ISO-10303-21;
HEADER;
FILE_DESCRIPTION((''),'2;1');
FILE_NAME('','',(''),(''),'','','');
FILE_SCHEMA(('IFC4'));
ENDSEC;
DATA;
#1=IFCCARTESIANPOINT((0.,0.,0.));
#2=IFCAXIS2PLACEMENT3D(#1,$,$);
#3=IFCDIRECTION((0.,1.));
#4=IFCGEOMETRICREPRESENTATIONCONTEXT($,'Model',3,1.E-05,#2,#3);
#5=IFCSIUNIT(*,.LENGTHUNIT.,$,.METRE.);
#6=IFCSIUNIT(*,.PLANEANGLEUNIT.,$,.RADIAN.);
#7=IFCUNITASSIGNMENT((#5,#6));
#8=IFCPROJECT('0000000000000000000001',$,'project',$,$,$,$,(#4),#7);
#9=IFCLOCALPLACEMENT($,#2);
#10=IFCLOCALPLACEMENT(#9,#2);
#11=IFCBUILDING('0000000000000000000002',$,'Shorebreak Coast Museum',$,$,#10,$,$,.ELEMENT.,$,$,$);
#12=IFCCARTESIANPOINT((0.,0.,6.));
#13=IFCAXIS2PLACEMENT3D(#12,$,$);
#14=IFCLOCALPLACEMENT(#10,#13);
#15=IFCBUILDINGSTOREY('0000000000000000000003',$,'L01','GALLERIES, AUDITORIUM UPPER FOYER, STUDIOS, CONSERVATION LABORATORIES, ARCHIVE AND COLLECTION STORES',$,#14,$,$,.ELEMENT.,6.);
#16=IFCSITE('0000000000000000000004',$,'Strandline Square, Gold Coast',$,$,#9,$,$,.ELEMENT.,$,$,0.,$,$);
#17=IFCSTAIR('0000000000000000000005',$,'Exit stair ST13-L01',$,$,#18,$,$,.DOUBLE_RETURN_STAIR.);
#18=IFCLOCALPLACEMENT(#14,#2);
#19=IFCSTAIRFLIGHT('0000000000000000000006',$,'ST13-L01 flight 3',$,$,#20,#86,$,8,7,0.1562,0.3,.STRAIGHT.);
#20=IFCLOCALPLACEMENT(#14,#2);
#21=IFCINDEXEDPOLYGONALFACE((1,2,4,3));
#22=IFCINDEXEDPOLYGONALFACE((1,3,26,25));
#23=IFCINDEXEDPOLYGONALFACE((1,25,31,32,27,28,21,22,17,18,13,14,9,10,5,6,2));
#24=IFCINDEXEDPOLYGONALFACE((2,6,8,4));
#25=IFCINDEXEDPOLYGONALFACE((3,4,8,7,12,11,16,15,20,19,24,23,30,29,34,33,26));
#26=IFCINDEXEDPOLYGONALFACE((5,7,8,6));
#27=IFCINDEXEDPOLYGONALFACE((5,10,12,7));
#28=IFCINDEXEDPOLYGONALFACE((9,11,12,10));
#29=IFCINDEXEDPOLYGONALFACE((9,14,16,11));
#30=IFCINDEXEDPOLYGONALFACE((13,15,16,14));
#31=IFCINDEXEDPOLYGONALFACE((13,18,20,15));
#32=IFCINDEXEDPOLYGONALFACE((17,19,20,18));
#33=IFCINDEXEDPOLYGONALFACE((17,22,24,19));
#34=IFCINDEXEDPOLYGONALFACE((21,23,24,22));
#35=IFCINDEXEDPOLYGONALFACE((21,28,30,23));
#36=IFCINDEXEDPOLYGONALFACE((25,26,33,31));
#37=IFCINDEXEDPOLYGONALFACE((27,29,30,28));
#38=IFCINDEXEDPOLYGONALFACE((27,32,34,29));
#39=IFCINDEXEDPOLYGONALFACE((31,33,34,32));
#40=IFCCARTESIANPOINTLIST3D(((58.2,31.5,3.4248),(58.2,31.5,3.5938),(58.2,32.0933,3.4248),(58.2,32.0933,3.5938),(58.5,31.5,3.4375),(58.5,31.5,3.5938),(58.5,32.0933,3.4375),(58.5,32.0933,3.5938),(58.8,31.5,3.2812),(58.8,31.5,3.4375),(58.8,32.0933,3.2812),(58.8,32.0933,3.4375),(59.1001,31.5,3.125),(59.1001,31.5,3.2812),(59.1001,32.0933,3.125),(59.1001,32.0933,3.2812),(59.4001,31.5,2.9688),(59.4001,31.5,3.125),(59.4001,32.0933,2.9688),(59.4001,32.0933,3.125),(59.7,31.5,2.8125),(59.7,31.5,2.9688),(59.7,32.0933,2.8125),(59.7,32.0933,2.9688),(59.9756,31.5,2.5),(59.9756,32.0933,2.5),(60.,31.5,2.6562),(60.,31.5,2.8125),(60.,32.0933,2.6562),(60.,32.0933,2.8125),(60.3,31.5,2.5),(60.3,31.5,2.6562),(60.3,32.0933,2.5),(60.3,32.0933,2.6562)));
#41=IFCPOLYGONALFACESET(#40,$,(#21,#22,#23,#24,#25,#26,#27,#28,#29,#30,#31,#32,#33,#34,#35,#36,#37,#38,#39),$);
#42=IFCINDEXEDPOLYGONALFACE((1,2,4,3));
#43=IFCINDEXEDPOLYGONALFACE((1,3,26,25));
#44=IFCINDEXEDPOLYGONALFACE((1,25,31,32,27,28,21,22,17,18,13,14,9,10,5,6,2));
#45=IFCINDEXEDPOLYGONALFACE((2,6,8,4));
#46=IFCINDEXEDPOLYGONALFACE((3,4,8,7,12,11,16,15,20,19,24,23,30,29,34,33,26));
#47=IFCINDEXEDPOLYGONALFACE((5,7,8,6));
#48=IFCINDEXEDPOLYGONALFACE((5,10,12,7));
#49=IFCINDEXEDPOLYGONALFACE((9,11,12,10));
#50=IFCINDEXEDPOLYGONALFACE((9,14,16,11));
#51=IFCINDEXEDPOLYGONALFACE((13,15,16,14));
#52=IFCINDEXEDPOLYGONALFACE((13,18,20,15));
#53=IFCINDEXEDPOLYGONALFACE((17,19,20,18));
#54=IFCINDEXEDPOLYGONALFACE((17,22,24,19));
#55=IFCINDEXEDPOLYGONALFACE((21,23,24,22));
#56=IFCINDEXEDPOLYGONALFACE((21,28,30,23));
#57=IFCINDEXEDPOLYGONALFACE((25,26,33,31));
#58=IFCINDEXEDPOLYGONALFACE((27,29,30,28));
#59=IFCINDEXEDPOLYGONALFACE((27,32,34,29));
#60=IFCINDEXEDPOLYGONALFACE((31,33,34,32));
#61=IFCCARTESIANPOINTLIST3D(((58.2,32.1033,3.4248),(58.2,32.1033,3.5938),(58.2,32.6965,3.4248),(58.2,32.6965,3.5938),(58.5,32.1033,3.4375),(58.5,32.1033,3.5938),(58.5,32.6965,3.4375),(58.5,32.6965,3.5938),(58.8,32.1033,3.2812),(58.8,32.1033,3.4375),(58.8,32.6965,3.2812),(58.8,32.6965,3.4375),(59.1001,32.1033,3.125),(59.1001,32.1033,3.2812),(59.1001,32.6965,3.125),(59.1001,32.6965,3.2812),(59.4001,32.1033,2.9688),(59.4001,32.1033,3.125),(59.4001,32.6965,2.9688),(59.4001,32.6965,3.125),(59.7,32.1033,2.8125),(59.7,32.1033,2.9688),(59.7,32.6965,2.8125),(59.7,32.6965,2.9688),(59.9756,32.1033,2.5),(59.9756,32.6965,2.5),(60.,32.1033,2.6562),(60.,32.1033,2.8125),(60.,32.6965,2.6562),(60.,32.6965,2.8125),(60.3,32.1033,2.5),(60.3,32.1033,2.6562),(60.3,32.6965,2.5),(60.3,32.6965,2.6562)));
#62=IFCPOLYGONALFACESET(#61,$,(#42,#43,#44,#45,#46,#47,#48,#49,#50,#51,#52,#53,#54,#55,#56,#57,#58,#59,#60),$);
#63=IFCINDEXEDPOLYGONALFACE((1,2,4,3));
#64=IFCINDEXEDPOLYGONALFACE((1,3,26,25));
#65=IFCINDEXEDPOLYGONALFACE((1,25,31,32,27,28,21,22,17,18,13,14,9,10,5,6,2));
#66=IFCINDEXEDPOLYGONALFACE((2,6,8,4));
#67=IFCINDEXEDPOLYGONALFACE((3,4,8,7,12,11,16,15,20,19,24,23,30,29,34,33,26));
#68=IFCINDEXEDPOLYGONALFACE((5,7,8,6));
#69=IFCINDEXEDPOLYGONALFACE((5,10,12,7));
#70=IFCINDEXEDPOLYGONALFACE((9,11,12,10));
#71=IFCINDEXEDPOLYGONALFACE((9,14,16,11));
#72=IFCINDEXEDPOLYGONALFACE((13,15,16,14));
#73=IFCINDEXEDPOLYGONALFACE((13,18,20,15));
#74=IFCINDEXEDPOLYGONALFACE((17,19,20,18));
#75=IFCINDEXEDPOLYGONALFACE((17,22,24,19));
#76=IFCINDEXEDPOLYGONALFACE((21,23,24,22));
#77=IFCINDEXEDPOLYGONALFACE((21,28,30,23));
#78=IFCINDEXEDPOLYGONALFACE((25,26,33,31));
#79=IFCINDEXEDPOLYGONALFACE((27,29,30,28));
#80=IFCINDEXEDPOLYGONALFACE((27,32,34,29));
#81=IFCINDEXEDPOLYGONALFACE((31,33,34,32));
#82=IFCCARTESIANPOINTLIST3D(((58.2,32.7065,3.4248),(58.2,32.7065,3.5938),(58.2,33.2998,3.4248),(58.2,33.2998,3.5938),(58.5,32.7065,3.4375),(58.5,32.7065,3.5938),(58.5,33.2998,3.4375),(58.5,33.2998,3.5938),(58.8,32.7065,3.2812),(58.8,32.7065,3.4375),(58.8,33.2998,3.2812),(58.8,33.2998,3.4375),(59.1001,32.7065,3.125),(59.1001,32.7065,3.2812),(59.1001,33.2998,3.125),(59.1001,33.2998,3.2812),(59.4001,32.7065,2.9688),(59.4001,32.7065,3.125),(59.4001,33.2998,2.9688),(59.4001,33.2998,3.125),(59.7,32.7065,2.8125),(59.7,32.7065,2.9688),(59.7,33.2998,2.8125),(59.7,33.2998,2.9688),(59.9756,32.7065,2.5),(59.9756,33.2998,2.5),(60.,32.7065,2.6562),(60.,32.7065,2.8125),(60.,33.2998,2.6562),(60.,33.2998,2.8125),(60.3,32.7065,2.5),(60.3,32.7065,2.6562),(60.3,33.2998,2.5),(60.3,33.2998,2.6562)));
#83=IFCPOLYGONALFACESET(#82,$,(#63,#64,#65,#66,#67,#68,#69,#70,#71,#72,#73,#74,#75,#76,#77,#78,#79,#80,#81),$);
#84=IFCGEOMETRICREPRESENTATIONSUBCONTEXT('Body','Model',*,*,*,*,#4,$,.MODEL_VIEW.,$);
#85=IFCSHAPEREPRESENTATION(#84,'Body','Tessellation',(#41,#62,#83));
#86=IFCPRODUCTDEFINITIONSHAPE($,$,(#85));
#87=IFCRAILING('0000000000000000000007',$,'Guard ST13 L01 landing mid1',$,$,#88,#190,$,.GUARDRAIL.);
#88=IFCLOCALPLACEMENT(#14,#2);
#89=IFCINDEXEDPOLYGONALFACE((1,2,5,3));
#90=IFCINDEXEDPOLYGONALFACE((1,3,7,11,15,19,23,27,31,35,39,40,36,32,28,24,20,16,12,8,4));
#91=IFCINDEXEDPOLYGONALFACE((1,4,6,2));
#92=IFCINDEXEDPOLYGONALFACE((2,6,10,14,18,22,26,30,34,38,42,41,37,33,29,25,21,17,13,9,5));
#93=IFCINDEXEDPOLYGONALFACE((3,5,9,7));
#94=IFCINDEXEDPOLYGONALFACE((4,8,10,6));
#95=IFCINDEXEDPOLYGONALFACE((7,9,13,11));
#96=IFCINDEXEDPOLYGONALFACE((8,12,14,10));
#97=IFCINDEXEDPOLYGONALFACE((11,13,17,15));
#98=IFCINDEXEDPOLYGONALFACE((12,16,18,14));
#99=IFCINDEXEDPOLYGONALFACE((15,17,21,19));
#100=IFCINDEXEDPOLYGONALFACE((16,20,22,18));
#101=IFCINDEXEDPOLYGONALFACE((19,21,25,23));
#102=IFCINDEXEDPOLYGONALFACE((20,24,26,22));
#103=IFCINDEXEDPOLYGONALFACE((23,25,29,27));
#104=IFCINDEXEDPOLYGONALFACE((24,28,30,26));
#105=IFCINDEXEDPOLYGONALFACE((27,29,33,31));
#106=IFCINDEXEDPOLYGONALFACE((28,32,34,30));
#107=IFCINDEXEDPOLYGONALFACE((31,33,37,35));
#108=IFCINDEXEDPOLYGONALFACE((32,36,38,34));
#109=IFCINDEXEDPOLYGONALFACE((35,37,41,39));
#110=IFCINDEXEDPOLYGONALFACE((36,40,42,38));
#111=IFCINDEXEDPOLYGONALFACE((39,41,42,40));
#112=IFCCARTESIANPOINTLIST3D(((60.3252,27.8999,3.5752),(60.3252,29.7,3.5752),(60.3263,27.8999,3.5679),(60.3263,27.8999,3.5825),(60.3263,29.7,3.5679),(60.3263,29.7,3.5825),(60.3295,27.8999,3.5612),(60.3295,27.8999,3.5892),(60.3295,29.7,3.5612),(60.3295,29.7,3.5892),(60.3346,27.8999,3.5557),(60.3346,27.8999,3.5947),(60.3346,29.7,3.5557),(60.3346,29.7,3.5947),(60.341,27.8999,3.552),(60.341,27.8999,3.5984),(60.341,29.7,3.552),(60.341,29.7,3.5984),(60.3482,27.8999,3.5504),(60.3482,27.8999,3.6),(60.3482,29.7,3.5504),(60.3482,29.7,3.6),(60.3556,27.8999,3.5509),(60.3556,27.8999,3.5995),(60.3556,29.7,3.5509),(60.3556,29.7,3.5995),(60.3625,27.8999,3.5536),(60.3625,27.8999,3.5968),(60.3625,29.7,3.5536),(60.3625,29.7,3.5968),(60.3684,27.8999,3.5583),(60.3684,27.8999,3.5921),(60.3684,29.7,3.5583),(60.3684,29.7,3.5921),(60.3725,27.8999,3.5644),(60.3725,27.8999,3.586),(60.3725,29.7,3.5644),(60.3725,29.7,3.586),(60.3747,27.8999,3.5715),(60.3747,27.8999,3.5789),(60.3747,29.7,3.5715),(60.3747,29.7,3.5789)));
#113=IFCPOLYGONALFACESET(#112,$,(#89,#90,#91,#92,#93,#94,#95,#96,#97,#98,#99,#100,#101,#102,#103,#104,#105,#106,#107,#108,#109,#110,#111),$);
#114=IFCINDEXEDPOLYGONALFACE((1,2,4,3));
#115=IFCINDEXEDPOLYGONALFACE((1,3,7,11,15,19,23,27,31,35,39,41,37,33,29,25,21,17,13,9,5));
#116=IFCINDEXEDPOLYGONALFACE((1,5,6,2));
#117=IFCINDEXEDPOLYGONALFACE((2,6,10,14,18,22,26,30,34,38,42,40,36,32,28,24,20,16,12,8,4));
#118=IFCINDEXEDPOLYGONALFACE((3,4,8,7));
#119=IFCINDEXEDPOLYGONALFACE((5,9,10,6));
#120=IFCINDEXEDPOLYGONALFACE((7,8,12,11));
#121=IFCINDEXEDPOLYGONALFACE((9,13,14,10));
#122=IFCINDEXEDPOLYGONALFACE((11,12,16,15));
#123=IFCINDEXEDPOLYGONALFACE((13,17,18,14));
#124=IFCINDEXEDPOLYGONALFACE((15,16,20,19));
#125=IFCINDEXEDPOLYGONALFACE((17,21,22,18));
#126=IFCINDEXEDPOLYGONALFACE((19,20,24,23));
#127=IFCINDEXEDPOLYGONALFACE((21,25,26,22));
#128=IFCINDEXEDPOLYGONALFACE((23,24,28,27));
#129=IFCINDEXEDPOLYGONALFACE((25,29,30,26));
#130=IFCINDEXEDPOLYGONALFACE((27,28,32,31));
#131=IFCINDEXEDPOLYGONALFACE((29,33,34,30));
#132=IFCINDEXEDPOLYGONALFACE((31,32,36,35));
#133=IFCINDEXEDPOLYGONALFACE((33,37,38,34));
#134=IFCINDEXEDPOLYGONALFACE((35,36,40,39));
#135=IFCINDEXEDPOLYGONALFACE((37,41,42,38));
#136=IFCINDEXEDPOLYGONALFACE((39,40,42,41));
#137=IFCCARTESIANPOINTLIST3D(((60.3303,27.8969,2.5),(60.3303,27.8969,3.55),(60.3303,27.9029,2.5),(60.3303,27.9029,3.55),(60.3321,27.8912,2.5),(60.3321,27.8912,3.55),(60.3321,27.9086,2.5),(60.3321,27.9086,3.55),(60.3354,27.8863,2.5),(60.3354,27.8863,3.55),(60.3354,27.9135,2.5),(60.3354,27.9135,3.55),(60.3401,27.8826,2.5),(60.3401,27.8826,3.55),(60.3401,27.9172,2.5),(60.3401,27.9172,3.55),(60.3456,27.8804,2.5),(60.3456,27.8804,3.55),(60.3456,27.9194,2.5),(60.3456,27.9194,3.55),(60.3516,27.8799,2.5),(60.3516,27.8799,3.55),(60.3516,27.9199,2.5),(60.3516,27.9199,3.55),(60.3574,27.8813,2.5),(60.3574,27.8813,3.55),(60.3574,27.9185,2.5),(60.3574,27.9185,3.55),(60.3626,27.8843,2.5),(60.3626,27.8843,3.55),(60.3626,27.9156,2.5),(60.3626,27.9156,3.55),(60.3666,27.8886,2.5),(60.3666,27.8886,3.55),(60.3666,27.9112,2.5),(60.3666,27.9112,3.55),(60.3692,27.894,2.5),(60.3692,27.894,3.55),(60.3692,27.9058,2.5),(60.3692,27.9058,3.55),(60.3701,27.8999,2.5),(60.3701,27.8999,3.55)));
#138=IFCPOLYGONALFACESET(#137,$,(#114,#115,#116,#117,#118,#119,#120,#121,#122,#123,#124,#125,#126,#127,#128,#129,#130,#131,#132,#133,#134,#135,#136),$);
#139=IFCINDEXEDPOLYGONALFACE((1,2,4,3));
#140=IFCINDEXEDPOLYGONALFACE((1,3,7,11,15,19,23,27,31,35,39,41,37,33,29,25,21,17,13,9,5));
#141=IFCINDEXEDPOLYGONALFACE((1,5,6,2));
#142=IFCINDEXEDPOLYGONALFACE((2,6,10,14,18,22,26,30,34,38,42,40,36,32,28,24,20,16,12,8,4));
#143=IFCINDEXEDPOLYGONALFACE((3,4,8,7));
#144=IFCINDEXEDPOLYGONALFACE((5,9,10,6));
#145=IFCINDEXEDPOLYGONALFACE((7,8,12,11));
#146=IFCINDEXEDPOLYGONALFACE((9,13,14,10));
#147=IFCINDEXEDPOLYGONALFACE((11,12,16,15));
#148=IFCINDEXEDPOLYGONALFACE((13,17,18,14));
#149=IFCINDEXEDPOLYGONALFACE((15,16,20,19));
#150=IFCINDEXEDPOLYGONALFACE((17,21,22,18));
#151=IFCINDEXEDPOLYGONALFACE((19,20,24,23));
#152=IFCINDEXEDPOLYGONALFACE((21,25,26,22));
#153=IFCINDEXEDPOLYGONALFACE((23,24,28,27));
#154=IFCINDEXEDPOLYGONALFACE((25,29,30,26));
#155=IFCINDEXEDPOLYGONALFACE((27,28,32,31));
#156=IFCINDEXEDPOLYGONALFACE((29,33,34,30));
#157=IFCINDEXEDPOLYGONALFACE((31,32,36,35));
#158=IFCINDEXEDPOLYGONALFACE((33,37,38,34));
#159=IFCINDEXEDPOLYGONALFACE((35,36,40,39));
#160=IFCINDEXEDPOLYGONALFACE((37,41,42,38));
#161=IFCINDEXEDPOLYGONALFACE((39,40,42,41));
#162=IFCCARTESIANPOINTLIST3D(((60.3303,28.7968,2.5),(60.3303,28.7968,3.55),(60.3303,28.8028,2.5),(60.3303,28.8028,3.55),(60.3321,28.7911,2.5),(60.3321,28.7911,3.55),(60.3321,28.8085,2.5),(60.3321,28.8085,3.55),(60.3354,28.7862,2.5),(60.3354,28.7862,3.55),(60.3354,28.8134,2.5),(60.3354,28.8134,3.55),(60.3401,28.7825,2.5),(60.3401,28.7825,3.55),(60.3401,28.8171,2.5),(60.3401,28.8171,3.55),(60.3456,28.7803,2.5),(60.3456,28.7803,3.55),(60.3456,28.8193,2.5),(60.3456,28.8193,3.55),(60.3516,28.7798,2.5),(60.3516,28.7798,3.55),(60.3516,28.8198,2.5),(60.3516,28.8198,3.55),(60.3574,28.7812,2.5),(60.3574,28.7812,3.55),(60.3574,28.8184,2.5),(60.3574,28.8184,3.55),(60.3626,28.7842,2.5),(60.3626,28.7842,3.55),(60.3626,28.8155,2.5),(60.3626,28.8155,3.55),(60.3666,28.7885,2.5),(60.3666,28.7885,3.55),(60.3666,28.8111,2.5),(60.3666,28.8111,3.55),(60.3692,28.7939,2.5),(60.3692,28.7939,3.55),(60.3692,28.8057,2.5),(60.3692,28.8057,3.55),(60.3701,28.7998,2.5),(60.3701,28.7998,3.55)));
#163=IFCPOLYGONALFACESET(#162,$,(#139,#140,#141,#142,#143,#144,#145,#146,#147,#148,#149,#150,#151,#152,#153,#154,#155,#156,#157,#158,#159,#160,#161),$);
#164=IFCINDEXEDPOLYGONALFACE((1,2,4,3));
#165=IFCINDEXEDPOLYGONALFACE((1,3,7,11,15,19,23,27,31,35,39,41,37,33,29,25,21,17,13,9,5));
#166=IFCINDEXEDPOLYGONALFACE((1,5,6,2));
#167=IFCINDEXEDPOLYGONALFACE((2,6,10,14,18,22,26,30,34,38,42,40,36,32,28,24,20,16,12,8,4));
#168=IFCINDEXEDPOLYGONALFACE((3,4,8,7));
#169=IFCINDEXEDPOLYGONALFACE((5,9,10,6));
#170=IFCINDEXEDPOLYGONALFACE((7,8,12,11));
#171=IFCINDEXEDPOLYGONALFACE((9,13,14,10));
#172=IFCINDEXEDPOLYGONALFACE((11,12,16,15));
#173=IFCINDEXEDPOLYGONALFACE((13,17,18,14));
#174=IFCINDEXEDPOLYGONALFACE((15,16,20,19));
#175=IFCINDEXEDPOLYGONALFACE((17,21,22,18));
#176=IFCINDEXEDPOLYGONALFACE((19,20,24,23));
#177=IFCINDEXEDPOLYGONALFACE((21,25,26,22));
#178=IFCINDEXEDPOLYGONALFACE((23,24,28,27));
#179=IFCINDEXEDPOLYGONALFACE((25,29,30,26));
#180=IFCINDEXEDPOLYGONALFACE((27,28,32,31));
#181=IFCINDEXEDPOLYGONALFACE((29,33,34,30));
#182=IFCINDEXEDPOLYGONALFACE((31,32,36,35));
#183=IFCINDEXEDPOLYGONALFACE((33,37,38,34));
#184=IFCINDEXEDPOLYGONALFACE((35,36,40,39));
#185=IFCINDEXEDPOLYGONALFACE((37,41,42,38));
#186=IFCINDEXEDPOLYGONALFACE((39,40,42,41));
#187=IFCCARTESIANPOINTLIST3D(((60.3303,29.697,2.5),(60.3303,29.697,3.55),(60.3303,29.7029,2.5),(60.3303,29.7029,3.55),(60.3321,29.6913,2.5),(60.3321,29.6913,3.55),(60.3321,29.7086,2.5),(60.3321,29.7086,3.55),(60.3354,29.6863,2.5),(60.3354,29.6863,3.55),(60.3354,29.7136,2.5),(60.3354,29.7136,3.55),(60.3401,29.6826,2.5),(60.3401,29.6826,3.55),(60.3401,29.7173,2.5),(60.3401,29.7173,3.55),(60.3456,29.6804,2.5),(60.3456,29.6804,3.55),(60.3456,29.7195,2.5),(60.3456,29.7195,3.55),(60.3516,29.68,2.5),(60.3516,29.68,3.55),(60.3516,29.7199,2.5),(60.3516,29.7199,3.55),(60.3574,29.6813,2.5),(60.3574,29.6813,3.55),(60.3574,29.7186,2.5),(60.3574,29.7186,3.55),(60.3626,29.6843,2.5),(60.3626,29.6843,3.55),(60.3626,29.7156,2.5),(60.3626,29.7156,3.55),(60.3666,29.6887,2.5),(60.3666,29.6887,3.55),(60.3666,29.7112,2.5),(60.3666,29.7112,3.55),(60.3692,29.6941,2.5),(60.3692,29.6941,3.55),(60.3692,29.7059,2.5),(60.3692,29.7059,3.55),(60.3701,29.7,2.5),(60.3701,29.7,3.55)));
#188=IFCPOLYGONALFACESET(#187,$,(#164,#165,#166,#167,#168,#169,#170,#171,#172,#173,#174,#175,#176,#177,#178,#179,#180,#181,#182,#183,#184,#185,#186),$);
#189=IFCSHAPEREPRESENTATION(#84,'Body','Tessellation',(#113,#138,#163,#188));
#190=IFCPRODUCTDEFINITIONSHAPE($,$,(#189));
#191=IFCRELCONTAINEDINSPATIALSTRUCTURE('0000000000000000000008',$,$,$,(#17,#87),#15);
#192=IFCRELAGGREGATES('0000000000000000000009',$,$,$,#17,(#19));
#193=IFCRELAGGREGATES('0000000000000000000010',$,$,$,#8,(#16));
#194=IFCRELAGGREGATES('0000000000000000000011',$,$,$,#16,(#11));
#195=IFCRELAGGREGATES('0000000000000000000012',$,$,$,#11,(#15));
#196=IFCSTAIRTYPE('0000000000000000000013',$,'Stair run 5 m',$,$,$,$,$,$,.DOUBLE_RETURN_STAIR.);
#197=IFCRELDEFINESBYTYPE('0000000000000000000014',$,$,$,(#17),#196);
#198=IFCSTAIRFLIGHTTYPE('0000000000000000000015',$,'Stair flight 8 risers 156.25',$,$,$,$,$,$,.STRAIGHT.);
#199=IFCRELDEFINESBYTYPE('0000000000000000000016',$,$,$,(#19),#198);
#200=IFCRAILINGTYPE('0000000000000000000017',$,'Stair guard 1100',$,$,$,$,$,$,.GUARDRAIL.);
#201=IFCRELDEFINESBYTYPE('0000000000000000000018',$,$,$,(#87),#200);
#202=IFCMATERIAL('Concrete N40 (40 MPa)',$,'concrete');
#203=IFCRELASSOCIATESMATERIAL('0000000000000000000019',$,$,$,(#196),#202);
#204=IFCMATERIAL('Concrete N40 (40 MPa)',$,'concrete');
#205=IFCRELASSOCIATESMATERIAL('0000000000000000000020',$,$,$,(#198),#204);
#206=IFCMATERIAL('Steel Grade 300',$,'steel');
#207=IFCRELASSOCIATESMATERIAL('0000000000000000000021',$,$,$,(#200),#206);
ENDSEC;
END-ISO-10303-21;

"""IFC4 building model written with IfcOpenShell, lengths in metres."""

from ifc_helpers import new_model, si_unit, direction, frame, origin, origin_2d, place, context, subcontext, project, spatial, polyline, circle, outline, extrude, material, type_object, element, aggregate, save


model = new_model("IFC4")

# Units and contexts
model_context = context("Model", 3, precision=1e-05, world=origin(), true_north=direction((0.0, 1.0)))
body_context = subcontext(model_context, "Body", "Model", "MODEL_VIEW")
ifc_project = project(units=[si_unit("LENGTHUNIT", "METRE"), si_unit("PLANEANGLEUNIT", "RADIAN")], contexts=[model_context])

# Site, building, storey
site_placement = place(None, origin())
site = spatial("IfcSite", under=ifc_project, at=site_placement, Name="Strandline Square, Gold Coast", CompositionType="ELEMENT", RefElevation=0.0)
building_placement = place(site_placement, origin())
building = spatial("IfcBuilding", under=site, at=building_placement, Name="Shorebreak Coast Museum", CompositionType="ELEMENT")
storey_placement = place(building_placement, frame((0.0, 0.0, 6.0)))
storey = spatial("IfcBuildingStorey", under=building, at=storey_placement, Name="L01", Description="GALLERIES, AUDITORIUM UPPER FOYER, STUDIOS, CONSERVATION LABORATORIES, ARCHIVE AND COLLECTION STORES", CompositionType="ELEMENT", Elevation=6.0)

# Stair, stair flight
ifc_material_1 = material(Name="Concrete N40 (40 MPa)", Category="concrete")
stair_type = type_object("IfcStairType", Name="Stair run 5 m", PredefinedType="DOUBLE_RETURN_STAIR", material=ifc_material_1)
stair_placement = place(storey_placement, origin())
stair = element("IfcStair", 1, at=stair_placement, inside=storey, type_object=stair_type, Name="Exit stair ST13-L01", PredefinedType="DOUBLE_RETURN_STAIR")
ifc_material_2 = material(Name="Concrete N40 (40 MPa)", Category="concrete")
stair_flight_type = type_object("IfcStairFlightType", Name="Stair flight 8 risers 156.25", PredefinedType="STRAIGHT", material=ifc_material_2)
stair_flight_1_placement = place(storey_placement, frame((60.3, 32.3999, 2.5), z_axis=(0.0, 0.0, 1.0), x_axis=(-1.0, 0.0, 0.0)))
stair_flight_1 = element("IfcStairFlight", 2, at=stair_flight_1_placement, type_object=stair_flight_type, Name="ST13-L01 flight 3", NumberOfRisers=8, NumberOfTreads=7, PredefinedType="STRAIGHT", RiserHeight=0.1562, TreadLength=0.3, context=body_context, shape_type="SweptSolid", body=[
    extrude(outline(polyline([(0.0, 0.0), (0.0, 0.1562), (0.3, 0.1562), (0.3, 0.3125), (0.6001, 0.3125), (0.6001, 0.4688), (0.8999, 0.4688), (0.8999, 0.625), (1.2, 0.625), (1.2, 0.7812), (1.5, 0.7812), (1.5, 0.9375), (1.8, 0.9375), (1.8, 1.0938), (2.1001, 1.0938), (2.1001, 1.25), (2.1001, 0.9248), (0.3245, 0.0), (0.0, 0.0)])), frame((0.0, 0.8999, 0.0), z_axis=(0.0, -1.0, 0.0), x_axis=(1.0, 0.0, 0.0)), (0.0, 0.0, 1.0), 0.5933),
    extrude(outline(polyline([(0.0, 0.0), (0.0, 0.1562), (0.3, 0.1562), (0.3, 0.3125), (0.6001, 0.3125), (0.6001, 0.4688), (0.8999, 0.4688), (0.8999, 0.625), (1.2, 0.625), (1.2, 0.7812), (1.5, 0.7812), (1.5, 0.9375), (1.8, 0.9375), (1.8, 1.0938), (2.1001, 1.0938), (2.1001, 1.25), (2.1001, 0.9248), (0.3245, 0.0), (0.0, 0.0)])), frame((0.0, 0.2966, 0.0), z_axis=(0.0, -1.0, 0.0), x_axis=(1.0, 0.0, 0.0)), (0.0, 0.0, 1.0), 0.5933),
    extrude(outline(polyline([(0.0, 0.0), (0.0, 0.1562), (0.3, 0.1562), (0.3, 0.3125), (0.6001, 0.3125), (0.6001, 0.4688), (0.8999, 0.4688), (0.8999, 0.625), (1.2, 0.625), (1.2, 0.7812), (1.5, 0.7812), (1.5, 0.9375), (1.8, 0.9375), (1.8, 1.0938), (2.1001, 1.0938), (2.1001, 1.25), (2.1001, 0.9248), (0.3245, 0.0), (0.0, 0.0)])), frame((0.0, -0.3066, 0.0), z_axis=(0.0, -1.0, 0.0), x_axis=(1.0, 0.0, 0.0)), (0.0, 0.0, 1.0), 0.5933),
])
aggregate(stair, [stair_flight_1])

# Railing
ifc_material_3 = material(Name="Steel Grade 300", Category="steel")
railing_type_1 = type_object("IfcRailingType", Name="Stair guard 1100", PredefinedType="GUARDRAIL", material=ifc_material_3)
for number, where, name in (
    (3, (60.3501, 27.8999, 2.5), "Guard ST13 L01 landing mid1"),
):
    element("IfcRailing", number, at=place(storey_placement, frame(where)), inside=storey, type_object=railing_type_1, Name=name, PredefinedType="GUARDRAIL", context=body_context, shape_type="SweptSolid", body=[
        extrude(circle(Radius=0.0249, at=origin_2d()), frame((0.0, 0.0, 1.0752), z_axis=(0.0, 1.0, 0.0), x_axis=(-1.0, 0.0, 0.0)), (0.0, 0.0, 1.0), 1.8),
        extrude(circle(Radius=0.02, at=origin_2d()), origin(), (0.0, 0.0, 1.0), 1.05),
        extrude(circle(Radius=0.02, at=origin_2d()), frame((0.0, 0.8999, 0.0)), (0.0, 0.0, 1.0), 1.05),
        extrude(circle(Radius=0.02, at=origin_2d()), frame((0.0, 1.8, 0.0)), (0.0, 0.0, 1.0), 1.05),
    ])

save(model, "model.ifc")
